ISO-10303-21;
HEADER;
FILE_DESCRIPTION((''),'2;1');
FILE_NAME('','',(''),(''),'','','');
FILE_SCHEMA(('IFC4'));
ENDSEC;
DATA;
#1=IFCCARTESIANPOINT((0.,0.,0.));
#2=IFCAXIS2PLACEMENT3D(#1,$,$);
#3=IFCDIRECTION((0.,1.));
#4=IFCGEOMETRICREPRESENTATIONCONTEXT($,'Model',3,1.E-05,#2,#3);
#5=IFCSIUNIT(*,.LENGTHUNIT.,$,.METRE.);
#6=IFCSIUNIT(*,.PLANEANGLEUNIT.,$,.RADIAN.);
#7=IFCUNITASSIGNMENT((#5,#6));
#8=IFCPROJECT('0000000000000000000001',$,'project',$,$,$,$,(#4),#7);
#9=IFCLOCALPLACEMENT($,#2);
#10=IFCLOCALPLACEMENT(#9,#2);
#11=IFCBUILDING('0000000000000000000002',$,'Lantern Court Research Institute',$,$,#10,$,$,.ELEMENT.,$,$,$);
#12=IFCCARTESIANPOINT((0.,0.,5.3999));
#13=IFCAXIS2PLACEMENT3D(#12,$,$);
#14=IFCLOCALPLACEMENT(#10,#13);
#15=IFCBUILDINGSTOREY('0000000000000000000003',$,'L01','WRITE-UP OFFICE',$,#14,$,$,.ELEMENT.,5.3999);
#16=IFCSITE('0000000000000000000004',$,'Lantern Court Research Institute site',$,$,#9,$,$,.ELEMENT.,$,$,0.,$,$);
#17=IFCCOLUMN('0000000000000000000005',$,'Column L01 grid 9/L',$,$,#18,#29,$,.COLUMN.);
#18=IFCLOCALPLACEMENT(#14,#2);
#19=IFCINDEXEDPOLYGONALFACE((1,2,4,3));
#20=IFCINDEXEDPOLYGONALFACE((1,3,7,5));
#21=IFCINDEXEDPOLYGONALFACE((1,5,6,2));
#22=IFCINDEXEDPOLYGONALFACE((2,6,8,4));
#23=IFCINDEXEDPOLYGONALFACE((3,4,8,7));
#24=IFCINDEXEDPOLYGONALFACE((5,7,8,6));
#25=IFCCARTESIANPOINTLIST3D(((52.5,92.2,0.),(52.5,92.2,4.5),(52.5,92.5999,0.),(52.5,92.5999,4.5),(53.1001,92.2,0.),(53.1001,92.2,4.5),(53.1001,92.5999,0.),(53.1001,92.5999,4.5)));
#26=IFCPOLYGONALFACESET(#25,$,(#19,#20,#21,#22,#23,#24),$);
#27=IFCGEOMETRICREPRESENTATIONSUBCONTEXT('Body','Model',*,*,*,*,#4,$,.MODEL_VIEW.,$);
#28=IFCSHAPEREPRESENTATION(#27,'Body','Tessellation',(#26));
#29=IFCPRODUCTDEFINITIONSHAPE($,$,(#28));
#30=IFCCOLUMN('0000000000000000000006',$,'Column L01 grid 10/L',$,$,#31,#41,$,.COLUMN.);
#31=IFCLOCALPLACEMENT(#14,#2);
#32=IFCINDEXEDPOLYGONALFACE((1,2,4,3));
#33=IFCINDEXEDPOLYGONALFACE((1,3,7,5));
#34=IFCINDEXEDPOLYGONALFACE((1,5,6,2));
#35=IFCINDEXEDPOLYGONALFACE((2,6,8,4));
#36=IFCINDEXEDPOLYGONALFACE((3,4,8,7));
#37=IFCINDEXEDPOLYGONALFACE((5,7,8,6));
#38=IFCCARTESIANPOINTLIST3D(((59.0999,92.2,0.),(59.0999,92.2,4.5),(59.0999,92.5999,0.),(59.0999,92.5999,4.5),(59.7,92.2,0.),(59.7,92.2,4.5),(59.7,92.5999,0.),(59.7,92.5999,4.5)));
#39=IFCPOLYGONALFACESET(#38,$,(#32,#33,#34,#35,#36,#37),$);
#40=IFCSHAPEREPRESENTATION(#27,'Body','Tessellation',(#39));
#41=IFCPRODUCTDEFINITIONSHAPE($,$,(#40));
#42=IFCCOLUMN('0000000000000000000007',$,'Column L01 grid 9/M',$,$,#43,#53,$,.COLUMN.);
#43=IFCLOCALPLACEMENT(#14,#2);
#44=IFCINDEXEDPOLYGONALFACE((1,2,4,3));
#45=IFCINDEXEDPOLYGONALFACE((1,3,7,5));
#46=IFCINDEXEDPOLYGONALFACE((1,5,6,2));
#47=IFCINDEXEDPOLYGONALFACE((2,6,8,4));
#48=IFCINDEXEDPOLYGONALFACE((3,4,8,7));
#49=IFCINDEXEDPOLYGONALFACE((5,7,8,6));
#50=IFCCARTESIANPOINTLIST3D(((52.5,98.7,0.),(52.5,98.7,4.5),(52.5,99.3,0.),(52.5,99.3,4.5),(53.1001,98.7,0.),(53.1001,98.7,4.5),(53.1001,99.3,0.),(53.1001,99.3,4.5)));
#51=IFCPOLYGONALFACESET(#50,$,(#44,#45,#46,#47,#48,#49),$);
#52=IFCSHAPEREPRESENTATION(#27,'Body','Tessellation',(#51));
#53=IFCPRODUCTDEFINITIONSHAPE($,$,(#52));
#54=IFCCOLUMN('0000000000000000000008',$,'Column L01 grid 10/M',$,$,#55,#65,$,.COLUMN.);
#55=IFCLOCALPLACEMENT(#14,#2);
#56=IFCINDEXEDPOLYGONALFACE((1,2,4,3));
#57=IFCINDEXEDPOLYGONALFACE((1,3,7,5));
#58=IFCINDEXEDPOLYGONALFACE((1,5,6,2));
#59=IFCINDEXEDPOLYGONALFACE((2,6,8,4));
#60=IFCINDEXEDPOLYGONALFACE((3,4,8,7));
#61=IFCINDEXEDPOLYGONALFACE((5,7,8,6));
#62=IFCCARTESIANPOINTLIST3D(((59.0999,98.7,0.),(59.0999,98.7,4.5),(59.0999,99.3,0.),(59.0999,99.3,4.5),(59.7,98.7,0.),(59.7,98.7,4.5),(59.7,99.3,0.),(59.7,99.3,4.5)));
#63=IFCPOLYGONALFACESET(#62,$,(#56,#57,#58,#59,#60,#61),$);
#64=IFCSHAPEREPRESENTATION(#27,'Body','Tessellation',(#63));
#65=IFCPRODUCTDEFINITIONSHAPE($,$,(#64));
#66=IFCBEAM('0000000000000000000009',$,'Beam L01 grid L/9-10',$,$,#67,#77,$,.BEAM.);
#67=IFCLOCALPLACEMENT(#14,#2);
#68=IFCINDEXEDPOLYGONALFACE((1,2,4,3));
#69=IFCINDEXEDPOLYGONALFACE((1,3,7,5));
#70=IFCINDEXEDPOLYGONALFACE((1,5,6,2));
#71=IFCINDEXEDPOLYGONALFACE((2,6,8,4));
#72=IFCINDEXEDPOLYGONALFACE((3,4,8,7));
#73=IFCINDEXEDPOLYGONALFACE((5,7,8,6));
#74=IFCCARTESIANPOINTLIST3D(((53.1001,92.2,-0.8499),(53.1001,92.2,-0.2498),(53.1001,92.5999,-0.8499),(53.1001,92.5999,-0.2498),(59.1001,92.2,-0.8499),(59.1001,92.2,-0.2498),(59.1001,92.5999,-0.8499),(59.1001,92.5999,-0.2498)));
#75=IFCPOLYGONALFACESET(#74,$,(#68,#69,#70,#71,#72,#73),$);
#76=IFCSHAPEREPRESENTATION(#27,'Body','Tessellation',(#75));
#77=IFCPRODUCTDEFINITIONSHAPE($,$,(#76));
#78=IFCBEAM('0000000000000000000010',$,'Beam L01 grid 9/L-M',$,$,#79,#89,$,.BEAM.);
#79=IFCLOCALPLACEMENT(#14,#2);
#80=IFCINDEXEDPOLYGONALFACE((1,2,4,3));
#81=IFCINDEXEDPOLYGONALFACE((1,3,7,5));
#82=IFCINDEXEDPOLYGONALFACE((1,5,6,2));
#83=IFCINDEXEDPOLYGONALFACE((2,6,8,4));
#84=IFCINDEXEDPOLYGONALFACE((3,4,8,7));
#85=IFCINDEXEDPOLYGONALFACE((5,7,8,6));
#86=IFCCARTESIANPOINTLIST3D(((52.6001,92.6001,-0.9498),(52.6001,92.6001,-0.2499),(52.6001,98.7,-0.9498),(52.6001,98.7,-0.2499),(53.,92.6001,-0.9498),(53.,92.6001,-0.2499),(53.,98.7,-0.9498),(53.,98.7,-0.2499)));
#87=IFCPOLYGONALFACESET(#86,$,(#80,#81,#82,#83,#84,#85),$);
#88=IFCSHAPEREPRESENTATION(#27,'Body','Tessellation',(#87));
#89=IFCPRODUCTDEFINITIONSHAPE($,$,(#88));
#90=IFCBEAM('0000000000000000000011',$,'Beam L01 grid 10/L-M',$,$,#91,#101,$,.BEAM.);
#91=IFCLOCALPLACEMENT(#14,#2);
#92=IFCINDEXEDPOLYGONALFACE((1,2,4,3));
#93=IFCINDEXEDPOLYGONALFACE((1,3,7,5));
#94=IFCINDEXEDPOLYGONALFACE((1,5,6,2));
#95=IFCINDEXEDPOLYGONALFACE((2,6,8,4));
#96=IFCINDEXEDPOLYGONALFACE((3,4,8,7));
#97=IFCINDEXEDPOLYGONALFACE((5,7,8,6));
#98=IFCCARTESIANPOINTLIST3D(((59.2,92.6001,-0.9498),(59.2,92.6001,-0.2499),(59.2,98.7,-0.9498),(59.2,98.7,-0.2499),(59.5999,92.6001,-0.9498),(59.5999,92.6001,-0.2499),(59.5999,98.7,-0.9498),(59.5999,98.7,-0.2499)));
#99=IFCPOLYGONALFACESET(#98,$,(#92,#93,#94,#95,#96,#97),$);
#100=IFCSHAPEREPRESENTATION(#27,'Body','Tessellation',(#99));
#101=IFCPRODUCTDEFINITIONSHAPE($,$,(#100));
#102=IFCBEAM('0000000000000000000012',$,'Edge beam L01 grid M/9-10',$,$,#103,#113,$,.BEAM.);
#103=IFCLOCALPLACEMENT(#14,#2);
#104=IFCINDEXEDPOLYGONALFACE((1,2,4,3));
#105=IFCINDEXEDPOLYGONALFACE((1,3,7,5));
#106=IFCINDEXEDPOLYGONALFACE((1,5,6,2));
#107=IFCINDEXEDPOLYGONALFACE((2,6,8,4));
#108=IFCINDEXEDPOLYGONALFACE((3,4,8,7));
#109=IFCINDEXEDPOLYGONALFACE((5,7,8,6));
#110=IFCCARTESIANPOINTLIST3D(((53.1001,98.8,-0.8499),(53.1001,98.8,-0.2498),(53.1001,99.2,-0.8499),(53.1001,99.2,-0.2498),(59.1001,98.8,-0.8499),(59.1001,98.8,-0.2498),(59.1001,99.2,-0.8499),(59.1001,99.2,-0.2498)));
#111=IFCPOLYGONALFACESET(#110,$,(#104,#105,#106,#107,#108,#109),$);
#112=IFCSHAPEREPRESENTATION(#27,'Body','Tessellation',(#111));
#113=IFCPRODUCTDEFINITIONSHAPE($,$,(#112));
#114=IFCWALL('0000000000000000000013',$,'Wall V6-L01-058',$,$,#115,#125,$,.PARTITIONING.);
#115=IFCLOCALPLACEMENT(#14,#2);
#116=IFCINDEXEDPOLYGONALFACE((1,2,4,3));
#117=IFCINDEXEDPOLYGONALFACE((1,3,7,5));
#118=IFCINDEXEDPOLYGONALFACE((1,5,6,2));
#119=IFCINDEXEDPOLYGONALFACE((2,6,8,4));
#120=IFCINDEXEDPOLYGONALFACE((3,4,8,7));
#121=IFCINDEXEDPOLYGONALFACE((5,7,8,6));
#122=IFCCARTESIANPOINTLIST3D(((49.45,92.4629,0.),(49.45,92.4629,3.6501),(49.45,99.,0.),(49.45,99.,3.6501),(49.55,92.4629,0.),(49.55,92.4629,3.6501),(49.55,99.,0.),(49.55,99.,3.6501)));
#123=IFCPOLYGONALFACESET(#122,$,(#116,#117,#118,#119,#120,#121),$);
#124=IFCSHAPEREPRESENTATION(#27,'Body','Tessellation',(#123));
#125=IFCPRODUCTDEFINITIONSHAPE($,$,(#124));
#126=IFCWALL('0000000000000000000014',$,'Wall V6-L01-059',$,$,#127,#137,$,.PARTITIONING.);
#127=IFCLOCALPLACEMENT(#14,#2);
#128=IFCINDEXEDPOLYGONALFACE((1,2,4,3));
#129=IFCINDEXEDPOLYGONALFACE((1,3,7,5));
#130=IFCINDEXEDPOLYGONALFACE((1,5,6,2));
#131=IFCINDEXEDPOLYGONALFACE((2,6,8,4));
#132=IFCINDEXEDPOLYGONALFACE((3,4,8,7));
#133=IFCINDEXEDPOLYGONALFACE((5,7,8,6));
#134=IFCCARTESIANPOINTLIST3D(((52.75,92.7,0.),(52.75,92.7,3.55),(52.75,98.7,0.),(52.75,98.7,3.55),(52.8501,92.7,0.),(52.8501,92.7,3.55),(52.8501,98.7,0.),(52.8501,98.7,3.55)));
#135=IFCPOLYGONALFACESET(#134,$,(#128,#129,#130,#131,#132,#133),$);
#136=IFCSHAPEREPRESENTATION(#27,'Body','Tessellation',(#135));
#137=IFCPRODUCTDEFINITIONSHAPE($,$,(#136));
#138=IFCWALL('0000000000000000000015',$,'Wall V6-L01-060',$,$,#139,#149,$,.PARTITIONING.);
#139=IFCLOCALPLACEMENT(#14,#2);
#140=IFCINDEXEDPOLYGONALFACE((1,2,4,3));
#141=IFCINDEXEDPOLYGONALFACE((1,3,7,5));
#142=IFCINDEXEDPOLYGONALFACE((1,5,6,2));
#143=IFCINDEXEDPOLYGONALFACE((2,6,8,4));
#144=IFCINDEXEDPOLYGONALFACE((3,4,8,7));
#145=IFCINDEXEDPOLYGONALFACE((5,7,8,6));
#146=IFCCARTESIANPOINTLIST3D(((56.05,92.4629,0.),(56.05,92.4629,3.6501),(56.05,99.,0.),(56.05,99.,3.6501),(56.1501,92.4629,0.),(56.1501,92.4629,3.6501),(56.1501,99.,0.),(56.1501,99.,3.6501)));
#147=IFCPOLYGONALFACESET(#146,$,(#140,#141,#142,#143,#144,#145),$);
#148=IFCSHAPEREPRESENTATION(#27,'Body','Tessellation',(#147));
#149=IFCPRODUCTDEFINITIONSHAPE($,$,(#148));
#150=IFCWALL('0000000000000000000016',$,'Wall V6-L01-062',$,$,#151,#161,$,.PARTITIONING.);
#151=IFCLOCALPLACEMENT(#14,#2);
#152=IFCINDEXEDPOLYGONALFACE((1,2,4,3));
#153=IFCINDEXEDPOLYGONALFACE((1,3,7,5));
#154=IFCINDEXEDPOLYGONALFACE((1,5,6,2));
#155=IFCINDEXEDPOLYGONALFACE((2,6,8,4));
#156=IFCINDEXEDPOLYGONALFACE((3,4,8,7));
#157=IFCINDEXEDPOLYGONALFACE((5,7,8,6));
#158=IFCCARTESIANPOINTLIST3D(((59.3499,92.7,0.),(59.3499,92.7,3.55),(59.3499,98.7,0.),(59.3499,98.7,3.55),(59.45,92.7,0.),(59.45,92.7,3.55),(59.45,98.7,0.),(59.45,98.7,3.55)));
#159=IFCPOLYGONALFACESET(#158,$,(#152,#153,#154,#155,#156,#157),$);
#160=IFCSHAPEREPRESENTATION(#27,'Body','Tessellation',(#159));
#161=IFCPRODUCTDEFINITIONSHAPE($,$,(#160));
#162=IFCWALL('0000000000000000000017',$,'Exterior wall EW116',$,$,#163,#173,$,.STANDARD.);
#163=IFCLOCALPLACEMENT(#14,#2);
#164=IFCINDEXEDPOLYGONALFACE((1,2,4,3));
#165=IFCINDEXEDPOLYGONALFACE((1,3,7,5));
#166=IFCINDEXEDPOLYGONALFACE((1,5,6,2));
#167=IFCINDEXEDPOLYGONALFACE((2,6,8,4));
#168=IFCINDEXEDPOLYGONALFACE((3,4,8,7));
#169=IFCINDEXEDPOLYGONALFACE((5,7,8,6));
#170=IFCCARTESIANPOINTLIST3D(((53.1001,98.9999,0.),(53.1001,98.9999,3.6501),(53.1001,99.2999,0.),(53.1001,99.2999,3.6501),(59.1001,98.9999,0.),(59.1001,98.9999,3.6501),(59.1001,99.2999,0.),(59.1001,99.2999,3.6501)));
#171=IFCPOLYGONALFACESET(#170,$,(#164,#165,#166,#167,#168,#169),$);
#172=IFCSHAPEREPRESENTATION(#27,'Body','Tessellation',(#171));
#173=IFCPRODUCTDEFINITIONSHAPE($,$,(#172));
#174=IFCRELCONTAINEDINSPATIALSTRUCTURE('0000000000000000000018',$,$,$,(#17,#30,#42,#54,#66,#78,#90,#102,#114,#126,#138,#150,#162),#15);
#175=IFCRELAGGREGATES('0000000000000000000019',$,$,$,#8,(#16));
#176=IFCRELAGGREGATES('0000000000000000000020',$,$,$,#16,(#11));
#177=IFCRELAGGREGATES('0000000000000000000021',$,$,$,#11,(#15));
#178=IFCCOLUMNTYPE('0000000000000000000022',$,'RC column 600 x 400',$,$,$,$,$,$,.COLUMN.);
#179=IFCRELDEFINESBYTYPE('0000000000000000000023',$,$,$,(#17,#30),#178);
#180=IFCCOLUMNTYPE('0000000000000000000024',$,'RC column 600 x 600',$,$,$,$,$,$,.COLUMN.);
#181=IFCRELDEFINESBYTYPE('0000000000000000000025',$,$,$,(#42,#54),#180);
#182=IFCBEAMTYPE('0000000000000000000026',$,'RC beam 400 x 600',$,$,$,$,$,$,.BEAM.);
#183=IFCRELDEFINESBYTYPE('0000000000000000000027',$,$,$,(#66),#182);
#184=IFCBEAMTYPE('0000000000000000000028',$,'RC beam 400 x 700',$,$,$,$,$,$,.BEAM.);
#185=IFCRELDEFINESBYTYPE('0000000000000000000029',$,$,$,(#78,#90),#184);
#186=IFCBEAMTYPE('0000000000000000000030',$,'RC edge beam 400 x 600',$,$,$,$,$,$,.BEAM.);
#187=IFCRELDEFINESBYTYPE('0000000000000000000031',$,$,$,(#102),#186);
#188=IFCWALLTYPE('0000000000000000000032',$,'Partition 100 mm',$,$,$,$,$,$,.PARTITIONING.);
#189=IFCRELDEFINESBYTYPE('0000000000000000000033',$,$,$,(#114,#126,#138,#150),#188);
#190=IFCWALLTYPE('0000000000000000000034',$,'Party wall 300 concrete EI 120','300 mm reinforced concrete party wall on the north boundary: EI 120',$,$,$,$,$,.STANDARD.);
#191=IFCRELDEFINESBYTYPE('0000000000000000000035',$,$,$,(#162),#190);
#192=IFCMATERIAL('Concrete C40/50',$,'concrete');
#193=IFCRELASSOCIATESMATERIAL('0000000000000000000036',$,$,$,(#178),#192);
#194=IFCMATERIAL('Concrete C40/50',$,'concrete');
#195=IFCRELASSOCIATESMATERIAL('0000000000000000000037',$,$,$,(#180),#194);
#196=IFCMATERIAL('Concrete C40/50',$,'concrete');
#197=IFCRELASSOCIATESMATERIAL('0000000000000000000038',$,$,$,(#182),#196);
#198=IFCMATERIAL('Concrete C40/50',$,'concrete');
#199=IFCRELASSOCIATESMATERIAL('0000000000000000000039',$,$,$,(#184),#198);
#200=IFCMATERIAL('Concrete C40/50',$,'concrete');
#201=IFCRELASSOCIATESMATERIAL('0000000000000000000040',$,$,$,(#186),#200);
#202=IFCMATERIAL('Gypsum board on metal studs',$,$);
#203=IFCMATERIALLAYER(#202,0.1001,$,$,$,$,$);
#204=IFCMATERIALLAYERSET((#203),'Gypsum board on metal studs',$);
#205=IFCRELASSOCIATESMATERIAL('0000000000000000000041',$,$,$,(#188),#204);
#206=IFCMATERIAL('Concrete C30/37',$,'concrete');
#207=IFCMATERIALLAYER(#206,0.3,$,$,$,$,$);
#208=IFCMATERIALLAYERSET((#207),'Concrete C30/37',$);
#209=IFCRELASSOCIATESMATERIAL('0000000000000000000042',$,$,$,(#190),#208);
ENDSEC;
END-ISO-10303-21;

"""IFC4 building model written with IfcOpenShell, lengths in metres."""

from ifc_helpers import new_model, si_unit, direction, frame, frame_2d, origin, origin_2d, place, context, subcontext, project, spatial, rectangle, extrude, material, layer, layer_set, material_profile, profile_set, type_object, element, save


model = new_model("IFC4")

# Units and contexts
model_context = context("Model", 3, precision=1e-05, world=origin(), true_north=direction((0.0, 1.0)))
body_context = subcontext(model_context, "Body", "Model", "MODEL_VIEW")
ifc_project = project(units=[si_unit("LENGTHUNIT", "METRE"), si_unit("PLANEANGLEUNIT", "RADIAN")], contexts=[model_context])

# Site, building, storey
site_placement = place(None, origin())
site = spatial("IfcSite", under=ifc_project, at=site_placement, Name="Lantern Court Research Institute site", CompositionType="ELEMENT", RefElevation=0.0)
building_placement = place(site_placement, origin())
building = spatial("IfcBuilding", under=site, at=building_placement, Name="Lantern Court Research Institute", CompositionType="ELEMENT")
storey_placement = place(building_placement, frame((0.0, 0.0, 5.3999)))
storey = spatial("IfcBuildingStorey", under=building, at=storey_placement, Name="L01", Description="WRITE-UP OFFICE", CompositionType="ELEMENT", Elevation=5.3999)

# Columns
ifc_material_1 = material(Name="Concrete C40/50", Category="concrete")
ifc_material_profile_1 = material_profile(ifc_material_1, rectangle(XDim=0.6001, YDim=0.3999, at=origin_2d()), Name="RC column 600 x 400")
ifc_profile_set_1 = profile_set([ifc_material_profile_1], Name="Concrete C40/50")
column_type_1 = type_object("IfcColumnType", Name="RC column 600 x 400", PredefinedType="COLUMN", material=ifc_profile_set_1)
for number, where, z_axis, x_axis, name in (
    (1, (52.8, 92.3999, 0.0), (0.0, 0.0, 1.0), (1.0, 0.0, 0.0), "Column L01 grid 9/L"),
    (2, (59.3999, 92.3999, 0.0), (0.0, 0.0, 1.0), (1.0, 0.0, 0.0), "Column L01 grid 10/L"),
):
    element("IfcColumn", number, at=place(storey_placement, frame(where, z_axis=z_axis, x_axis=x_axis)), inside=storey, type_object=column_type_1, Name=name, PredefinedType="COLUMN", context=body_context, shape_type="SweptSolid", body=[
        extrude(rectangle(XDim=0.6001, YDim=0.3999, at=origin_2d()), origin(), (0.0, 0.0, 1.0), 4.5),
    ])
ifc_material_2 = material(Name="Concrete C40/50", Category="concrete")
ifc_material_profile_2 = material_profile(ifc_material_2, rectangle(XDim=0.6001, YDim=0.6001, at=origin_2d()), Name="RC column 600 x 600")
ifc_profile_set_2 = profile_set([ifc_material_profile_2], Name="Concrete C40/50")
column_type_2 = type_object("IfcColumnType", Name="RC column 600 x 600", PredefinedType="COLUMN", material=ifc_profile_set_2)
for number, where, z_axis, x_axis, name in (
    (3, (52.8, 99.0, 0.0), (0.0, 0.0, 1.0), (1.0, 0.0, 0.0), "Column L01 grid 9/M"),
    (4, (59.3999, 99.0, 0.0), (0.0, 0.0, 1.0), (1.0, 0.0, 0.0), "Column L01 grid 10/M"),
):
    element("IfcColumn", number, at=place(storey_placement, frame(where, z_axis=z_axis, x_axis=x_axis)), inside=storey, type_object=column_type_2, Name=name, PredefinedType="COLUMN", context=body_context, shape_type="SweptSolid", body=[
        extrude(rectangle(XDim=0.6001, YDim=0.6001, at=origin_2d()), origin(), (0.0, 0.0, 1.0), 4.5),
    ])

# Beams
ifc_material_3 = material(Name="Concrete C40/50", Category="concrete")
ifc_material_profile_3 = material_profile(ifc_material_3, rectangle(XDim=0.3999, YDim=0.6001, at=origin_2d()), Name="RC beam 400 x 600")
ifc_profile_set_3 = profile_set([ifc_material_profile_3], Name="Concrete C40/50")
beam_type_1 = type_object("IfcBeamType", Name="RC beam 400 x 600", PredefinedType="BEAM", material=ifc_profile_set_3)
beam_1_placement = place(storey_placement, frame((53.1001, 92.3999, -0.5498), z_axis=(1.0, 0.0, 0.0), x_axis=(0.0, 1.0, 0.0)))
element("IfcBeam", 5, at=beam_1_placement, inside=storey, type_object=beam_type_1, Name="Beam L01 grid L/9-10", PredefinedType="BEAM", context=body_context, shape_type="SweptSolid", body=[
    extrude(rectangle(XDim=0.3999, YDim=0.6001, at=origin_2d()), origin(), (0.0, 0.0, 1.0), 6.0),
])
ifc_material_4 = material(Name="Concrete C40/50", Category="concrete")
ifc_material_profile_4 = material_profile(ifc_material_4, rectangle(XDim=0.3999, YDim=0.7, at=origin_2d()), Name="RC beam 400 x 700")
ifc_profile_set_4 = profile_set([ifc_material_profile_4], Name="Concrete C40/50")
beam_type_2 = type_object("IfcBeamType", Name="RC beam 400 x 700", PredefinedType="BEAM", material=ifc_profile_set_4)
for number, where, z_axis, x_axis, name in (
    (6, (52.8, 92.6001, -0.5999), (0.0, 1.0, 0.0), (-1.0, 0.0, 0.0), "Beam L01 grid 9/L-M"),
    (7, (59.3999, 92.6001, -0.5999), (0.0, 1.0, 0.0), (-1.0, 0.0, 0.0), "Beam L01 grid 10/L-M"),
):
    element("IfcBeam", number, at=place(storey_placement, frame(where, z_axis=z_axis, x_axis=x_axis)), inside=storey, type_object=beam_type_2, Name=name, PredefinedType="BEAM", context=body_context, shape_type="SweptSolid", body=[
        extrude(rectangle(XDim=0.3999, YDim=0.7, at=origin_2d()), origin(), (0.0, 0.0, 1.0), 6.0999),
    ])
ifc_material_5 = material(Name="Concrete C40/50", Category="concrete")
ifc_material_profile_5 = material_profile(ifc_material_5, rectangle(XDim=0.3999, YDim=0.6001, at=origin_2d()), Name="RC beam 400 x 600")
ifc_profile_set_5 = profile_set([ifc_material_profile_5], Name="Concrete C40/50")
beam_type_3 = type_object("IfcBeamType", Name="RC edge beam 400 x 600", PredefinedType="BEAM", material=ifc_profile_set_5)
beam_2_placement = place(storey_placement, frame((53.1001, 99.0, -0.5498), z_axis=(1.0, 0.0, 0.0), x_axis=(0.0, 1.0, 0.0)))
element("IfcBeam", 8, at=beam_2_placement, inside=storey, type_object=beam_type_3, Name="Edge beam L01 grid M/9-10", PredefinedType="BEAM", context=body_context, shape_type="SweptSolid", body=[
    extrude(rectangle(XDim=0.3999, YDim=0.6001, at=origin_2d()), origin(), (0.0, 0.0, 1.0), 6.0),
])

# Walls
ifc_material_6 = material(Name="Gypsum board on metal studs")
ifc_layer_1 = layer(ifc_material_6, 0.1001)
ifc_layer_set_1 = layer_set([ifc_layer_1], Name="Gypsum board on metal studs")
wall_type_1 = type_object("IfcWallType", Name="Partition 100 mm", PredefinedType="PARTITIONING", material=ifc_layer_set_1)
wall_1_placement = place(storey_placement, frame((49.5, 92.4629, 0.0), z_axis=(0.0, 0.0, 1.0), x_axis=(0.0, 1.0, 0.0)))
element("IfcWall", 9, at=wall_1_placement, inside=storey, type_object=wall_type_1, Name="Wall V6-L01-058", PredefinedType="PARTITIONING", context=body_context, shape_type="SweptSolid", body=[
    extrude(rectangle(XDim=6.5371, YDim=0.1001, at=frame_2d((3.2686, 0.0))), origin(), (0.0, 0.0, 1.0), 3.6501),
])
wall_2_placement = place(storey_placement, frame((52.8, 92.7, 0.0), z_axis=(0.0, 0.0, 1.0), x_axis=(0.0, 1.0, 0.0)))
element("IfcWall", 10, at=wall_2_placement, inside=storey, type_object=wall_type_1, Name="Wall V6-L01-059", PredefinedType="PARTITIONING", context=body_context, shape_type="SweptSolid", body=[
    extrude(rectangle(XDim=6.0, YDim=0.1001, at=frame_2d((3.0, 0.0))), origin(), (0.0, 0.0, 1.0), 3.55),
])
wall_3_placement = place(storey_placement, frame((56.1001, 92.4629, 0.0), z_axis=(0.0, 0.0, 1.0), x_axis=(0.0, 1.0, 0.0)))
element("IfcWall", 11, at=wall_3_placement, inside=storey, type_object=wall_type_1, Name="Wall V6-L01-060", PredefinedType="PARTITIONING", context=body_context, shape_type="SweptSolid", body=[
    extrude(rectangle(XDim=6.5371, YDim=0.1001, at=frame_2d((3.2686, 0.0))), origin(), (0.0, 0.0, 1.0), 3.6501),
])
wall_4_placement = place(storey_placement, frame((59.3999, 92.7, 0.0), z_axis=(0.0, 0.0, 1.0), x_axis=(0.0, 1.0, 0.0)))
element("IfcWall", 12, at=wall_4_placement, inside=storey, type_object=wall_type_1, Name="Wall V6-L01-062", PredefinedType="PARTITIONING", context=body_context, shape_type="SweptSolid", body=[
    extrude(rectangle(XDim=6.0, YDim=0.1001, at=frame_2d((3.0, 0.0))), origin(), (0.0, 0.0, 1.0), 3.55),
])
ifc_material_7 = material(Name="Concrete C30/37", Category="concrete")
ifc_layer_2 = layer(ifc_material_7, 0.3)
ifc_layer_set_2 = layer_set([ifc_layer_2], Name="Concrete C30/37")
wall_type_2 = type_object("IfcWallType", Name="Party wall 300 concrete EI 120", Description="300 mm reinforced concrete party wall on the north boundary: EI 120", PredefinedType="STANDARD", material=ifc_layer_set_2)
wall_5_placement = place(storey_placement, frame((53.1001, 99.1499, 0.0), z_axis=(0.0, 0.0, 1.0), x_axis=(1.0, 0.0, 0.0)))
element("IfcWall", 13, at=wall_5_placement, inside=storey, type_object=wall_type_2, Name="Exterior wall EW116", PredefinedType="STANDARD", context=body_context, shape_type="SweptSolid", body=[
    extrude(rectangle(XDim=6.0, YDim=0.3, at=frame_2d((3.0, 0.0))), origin(), (0.0, 0.0, 1.0), 3.6501),
])

save(model, "model.ifc")
